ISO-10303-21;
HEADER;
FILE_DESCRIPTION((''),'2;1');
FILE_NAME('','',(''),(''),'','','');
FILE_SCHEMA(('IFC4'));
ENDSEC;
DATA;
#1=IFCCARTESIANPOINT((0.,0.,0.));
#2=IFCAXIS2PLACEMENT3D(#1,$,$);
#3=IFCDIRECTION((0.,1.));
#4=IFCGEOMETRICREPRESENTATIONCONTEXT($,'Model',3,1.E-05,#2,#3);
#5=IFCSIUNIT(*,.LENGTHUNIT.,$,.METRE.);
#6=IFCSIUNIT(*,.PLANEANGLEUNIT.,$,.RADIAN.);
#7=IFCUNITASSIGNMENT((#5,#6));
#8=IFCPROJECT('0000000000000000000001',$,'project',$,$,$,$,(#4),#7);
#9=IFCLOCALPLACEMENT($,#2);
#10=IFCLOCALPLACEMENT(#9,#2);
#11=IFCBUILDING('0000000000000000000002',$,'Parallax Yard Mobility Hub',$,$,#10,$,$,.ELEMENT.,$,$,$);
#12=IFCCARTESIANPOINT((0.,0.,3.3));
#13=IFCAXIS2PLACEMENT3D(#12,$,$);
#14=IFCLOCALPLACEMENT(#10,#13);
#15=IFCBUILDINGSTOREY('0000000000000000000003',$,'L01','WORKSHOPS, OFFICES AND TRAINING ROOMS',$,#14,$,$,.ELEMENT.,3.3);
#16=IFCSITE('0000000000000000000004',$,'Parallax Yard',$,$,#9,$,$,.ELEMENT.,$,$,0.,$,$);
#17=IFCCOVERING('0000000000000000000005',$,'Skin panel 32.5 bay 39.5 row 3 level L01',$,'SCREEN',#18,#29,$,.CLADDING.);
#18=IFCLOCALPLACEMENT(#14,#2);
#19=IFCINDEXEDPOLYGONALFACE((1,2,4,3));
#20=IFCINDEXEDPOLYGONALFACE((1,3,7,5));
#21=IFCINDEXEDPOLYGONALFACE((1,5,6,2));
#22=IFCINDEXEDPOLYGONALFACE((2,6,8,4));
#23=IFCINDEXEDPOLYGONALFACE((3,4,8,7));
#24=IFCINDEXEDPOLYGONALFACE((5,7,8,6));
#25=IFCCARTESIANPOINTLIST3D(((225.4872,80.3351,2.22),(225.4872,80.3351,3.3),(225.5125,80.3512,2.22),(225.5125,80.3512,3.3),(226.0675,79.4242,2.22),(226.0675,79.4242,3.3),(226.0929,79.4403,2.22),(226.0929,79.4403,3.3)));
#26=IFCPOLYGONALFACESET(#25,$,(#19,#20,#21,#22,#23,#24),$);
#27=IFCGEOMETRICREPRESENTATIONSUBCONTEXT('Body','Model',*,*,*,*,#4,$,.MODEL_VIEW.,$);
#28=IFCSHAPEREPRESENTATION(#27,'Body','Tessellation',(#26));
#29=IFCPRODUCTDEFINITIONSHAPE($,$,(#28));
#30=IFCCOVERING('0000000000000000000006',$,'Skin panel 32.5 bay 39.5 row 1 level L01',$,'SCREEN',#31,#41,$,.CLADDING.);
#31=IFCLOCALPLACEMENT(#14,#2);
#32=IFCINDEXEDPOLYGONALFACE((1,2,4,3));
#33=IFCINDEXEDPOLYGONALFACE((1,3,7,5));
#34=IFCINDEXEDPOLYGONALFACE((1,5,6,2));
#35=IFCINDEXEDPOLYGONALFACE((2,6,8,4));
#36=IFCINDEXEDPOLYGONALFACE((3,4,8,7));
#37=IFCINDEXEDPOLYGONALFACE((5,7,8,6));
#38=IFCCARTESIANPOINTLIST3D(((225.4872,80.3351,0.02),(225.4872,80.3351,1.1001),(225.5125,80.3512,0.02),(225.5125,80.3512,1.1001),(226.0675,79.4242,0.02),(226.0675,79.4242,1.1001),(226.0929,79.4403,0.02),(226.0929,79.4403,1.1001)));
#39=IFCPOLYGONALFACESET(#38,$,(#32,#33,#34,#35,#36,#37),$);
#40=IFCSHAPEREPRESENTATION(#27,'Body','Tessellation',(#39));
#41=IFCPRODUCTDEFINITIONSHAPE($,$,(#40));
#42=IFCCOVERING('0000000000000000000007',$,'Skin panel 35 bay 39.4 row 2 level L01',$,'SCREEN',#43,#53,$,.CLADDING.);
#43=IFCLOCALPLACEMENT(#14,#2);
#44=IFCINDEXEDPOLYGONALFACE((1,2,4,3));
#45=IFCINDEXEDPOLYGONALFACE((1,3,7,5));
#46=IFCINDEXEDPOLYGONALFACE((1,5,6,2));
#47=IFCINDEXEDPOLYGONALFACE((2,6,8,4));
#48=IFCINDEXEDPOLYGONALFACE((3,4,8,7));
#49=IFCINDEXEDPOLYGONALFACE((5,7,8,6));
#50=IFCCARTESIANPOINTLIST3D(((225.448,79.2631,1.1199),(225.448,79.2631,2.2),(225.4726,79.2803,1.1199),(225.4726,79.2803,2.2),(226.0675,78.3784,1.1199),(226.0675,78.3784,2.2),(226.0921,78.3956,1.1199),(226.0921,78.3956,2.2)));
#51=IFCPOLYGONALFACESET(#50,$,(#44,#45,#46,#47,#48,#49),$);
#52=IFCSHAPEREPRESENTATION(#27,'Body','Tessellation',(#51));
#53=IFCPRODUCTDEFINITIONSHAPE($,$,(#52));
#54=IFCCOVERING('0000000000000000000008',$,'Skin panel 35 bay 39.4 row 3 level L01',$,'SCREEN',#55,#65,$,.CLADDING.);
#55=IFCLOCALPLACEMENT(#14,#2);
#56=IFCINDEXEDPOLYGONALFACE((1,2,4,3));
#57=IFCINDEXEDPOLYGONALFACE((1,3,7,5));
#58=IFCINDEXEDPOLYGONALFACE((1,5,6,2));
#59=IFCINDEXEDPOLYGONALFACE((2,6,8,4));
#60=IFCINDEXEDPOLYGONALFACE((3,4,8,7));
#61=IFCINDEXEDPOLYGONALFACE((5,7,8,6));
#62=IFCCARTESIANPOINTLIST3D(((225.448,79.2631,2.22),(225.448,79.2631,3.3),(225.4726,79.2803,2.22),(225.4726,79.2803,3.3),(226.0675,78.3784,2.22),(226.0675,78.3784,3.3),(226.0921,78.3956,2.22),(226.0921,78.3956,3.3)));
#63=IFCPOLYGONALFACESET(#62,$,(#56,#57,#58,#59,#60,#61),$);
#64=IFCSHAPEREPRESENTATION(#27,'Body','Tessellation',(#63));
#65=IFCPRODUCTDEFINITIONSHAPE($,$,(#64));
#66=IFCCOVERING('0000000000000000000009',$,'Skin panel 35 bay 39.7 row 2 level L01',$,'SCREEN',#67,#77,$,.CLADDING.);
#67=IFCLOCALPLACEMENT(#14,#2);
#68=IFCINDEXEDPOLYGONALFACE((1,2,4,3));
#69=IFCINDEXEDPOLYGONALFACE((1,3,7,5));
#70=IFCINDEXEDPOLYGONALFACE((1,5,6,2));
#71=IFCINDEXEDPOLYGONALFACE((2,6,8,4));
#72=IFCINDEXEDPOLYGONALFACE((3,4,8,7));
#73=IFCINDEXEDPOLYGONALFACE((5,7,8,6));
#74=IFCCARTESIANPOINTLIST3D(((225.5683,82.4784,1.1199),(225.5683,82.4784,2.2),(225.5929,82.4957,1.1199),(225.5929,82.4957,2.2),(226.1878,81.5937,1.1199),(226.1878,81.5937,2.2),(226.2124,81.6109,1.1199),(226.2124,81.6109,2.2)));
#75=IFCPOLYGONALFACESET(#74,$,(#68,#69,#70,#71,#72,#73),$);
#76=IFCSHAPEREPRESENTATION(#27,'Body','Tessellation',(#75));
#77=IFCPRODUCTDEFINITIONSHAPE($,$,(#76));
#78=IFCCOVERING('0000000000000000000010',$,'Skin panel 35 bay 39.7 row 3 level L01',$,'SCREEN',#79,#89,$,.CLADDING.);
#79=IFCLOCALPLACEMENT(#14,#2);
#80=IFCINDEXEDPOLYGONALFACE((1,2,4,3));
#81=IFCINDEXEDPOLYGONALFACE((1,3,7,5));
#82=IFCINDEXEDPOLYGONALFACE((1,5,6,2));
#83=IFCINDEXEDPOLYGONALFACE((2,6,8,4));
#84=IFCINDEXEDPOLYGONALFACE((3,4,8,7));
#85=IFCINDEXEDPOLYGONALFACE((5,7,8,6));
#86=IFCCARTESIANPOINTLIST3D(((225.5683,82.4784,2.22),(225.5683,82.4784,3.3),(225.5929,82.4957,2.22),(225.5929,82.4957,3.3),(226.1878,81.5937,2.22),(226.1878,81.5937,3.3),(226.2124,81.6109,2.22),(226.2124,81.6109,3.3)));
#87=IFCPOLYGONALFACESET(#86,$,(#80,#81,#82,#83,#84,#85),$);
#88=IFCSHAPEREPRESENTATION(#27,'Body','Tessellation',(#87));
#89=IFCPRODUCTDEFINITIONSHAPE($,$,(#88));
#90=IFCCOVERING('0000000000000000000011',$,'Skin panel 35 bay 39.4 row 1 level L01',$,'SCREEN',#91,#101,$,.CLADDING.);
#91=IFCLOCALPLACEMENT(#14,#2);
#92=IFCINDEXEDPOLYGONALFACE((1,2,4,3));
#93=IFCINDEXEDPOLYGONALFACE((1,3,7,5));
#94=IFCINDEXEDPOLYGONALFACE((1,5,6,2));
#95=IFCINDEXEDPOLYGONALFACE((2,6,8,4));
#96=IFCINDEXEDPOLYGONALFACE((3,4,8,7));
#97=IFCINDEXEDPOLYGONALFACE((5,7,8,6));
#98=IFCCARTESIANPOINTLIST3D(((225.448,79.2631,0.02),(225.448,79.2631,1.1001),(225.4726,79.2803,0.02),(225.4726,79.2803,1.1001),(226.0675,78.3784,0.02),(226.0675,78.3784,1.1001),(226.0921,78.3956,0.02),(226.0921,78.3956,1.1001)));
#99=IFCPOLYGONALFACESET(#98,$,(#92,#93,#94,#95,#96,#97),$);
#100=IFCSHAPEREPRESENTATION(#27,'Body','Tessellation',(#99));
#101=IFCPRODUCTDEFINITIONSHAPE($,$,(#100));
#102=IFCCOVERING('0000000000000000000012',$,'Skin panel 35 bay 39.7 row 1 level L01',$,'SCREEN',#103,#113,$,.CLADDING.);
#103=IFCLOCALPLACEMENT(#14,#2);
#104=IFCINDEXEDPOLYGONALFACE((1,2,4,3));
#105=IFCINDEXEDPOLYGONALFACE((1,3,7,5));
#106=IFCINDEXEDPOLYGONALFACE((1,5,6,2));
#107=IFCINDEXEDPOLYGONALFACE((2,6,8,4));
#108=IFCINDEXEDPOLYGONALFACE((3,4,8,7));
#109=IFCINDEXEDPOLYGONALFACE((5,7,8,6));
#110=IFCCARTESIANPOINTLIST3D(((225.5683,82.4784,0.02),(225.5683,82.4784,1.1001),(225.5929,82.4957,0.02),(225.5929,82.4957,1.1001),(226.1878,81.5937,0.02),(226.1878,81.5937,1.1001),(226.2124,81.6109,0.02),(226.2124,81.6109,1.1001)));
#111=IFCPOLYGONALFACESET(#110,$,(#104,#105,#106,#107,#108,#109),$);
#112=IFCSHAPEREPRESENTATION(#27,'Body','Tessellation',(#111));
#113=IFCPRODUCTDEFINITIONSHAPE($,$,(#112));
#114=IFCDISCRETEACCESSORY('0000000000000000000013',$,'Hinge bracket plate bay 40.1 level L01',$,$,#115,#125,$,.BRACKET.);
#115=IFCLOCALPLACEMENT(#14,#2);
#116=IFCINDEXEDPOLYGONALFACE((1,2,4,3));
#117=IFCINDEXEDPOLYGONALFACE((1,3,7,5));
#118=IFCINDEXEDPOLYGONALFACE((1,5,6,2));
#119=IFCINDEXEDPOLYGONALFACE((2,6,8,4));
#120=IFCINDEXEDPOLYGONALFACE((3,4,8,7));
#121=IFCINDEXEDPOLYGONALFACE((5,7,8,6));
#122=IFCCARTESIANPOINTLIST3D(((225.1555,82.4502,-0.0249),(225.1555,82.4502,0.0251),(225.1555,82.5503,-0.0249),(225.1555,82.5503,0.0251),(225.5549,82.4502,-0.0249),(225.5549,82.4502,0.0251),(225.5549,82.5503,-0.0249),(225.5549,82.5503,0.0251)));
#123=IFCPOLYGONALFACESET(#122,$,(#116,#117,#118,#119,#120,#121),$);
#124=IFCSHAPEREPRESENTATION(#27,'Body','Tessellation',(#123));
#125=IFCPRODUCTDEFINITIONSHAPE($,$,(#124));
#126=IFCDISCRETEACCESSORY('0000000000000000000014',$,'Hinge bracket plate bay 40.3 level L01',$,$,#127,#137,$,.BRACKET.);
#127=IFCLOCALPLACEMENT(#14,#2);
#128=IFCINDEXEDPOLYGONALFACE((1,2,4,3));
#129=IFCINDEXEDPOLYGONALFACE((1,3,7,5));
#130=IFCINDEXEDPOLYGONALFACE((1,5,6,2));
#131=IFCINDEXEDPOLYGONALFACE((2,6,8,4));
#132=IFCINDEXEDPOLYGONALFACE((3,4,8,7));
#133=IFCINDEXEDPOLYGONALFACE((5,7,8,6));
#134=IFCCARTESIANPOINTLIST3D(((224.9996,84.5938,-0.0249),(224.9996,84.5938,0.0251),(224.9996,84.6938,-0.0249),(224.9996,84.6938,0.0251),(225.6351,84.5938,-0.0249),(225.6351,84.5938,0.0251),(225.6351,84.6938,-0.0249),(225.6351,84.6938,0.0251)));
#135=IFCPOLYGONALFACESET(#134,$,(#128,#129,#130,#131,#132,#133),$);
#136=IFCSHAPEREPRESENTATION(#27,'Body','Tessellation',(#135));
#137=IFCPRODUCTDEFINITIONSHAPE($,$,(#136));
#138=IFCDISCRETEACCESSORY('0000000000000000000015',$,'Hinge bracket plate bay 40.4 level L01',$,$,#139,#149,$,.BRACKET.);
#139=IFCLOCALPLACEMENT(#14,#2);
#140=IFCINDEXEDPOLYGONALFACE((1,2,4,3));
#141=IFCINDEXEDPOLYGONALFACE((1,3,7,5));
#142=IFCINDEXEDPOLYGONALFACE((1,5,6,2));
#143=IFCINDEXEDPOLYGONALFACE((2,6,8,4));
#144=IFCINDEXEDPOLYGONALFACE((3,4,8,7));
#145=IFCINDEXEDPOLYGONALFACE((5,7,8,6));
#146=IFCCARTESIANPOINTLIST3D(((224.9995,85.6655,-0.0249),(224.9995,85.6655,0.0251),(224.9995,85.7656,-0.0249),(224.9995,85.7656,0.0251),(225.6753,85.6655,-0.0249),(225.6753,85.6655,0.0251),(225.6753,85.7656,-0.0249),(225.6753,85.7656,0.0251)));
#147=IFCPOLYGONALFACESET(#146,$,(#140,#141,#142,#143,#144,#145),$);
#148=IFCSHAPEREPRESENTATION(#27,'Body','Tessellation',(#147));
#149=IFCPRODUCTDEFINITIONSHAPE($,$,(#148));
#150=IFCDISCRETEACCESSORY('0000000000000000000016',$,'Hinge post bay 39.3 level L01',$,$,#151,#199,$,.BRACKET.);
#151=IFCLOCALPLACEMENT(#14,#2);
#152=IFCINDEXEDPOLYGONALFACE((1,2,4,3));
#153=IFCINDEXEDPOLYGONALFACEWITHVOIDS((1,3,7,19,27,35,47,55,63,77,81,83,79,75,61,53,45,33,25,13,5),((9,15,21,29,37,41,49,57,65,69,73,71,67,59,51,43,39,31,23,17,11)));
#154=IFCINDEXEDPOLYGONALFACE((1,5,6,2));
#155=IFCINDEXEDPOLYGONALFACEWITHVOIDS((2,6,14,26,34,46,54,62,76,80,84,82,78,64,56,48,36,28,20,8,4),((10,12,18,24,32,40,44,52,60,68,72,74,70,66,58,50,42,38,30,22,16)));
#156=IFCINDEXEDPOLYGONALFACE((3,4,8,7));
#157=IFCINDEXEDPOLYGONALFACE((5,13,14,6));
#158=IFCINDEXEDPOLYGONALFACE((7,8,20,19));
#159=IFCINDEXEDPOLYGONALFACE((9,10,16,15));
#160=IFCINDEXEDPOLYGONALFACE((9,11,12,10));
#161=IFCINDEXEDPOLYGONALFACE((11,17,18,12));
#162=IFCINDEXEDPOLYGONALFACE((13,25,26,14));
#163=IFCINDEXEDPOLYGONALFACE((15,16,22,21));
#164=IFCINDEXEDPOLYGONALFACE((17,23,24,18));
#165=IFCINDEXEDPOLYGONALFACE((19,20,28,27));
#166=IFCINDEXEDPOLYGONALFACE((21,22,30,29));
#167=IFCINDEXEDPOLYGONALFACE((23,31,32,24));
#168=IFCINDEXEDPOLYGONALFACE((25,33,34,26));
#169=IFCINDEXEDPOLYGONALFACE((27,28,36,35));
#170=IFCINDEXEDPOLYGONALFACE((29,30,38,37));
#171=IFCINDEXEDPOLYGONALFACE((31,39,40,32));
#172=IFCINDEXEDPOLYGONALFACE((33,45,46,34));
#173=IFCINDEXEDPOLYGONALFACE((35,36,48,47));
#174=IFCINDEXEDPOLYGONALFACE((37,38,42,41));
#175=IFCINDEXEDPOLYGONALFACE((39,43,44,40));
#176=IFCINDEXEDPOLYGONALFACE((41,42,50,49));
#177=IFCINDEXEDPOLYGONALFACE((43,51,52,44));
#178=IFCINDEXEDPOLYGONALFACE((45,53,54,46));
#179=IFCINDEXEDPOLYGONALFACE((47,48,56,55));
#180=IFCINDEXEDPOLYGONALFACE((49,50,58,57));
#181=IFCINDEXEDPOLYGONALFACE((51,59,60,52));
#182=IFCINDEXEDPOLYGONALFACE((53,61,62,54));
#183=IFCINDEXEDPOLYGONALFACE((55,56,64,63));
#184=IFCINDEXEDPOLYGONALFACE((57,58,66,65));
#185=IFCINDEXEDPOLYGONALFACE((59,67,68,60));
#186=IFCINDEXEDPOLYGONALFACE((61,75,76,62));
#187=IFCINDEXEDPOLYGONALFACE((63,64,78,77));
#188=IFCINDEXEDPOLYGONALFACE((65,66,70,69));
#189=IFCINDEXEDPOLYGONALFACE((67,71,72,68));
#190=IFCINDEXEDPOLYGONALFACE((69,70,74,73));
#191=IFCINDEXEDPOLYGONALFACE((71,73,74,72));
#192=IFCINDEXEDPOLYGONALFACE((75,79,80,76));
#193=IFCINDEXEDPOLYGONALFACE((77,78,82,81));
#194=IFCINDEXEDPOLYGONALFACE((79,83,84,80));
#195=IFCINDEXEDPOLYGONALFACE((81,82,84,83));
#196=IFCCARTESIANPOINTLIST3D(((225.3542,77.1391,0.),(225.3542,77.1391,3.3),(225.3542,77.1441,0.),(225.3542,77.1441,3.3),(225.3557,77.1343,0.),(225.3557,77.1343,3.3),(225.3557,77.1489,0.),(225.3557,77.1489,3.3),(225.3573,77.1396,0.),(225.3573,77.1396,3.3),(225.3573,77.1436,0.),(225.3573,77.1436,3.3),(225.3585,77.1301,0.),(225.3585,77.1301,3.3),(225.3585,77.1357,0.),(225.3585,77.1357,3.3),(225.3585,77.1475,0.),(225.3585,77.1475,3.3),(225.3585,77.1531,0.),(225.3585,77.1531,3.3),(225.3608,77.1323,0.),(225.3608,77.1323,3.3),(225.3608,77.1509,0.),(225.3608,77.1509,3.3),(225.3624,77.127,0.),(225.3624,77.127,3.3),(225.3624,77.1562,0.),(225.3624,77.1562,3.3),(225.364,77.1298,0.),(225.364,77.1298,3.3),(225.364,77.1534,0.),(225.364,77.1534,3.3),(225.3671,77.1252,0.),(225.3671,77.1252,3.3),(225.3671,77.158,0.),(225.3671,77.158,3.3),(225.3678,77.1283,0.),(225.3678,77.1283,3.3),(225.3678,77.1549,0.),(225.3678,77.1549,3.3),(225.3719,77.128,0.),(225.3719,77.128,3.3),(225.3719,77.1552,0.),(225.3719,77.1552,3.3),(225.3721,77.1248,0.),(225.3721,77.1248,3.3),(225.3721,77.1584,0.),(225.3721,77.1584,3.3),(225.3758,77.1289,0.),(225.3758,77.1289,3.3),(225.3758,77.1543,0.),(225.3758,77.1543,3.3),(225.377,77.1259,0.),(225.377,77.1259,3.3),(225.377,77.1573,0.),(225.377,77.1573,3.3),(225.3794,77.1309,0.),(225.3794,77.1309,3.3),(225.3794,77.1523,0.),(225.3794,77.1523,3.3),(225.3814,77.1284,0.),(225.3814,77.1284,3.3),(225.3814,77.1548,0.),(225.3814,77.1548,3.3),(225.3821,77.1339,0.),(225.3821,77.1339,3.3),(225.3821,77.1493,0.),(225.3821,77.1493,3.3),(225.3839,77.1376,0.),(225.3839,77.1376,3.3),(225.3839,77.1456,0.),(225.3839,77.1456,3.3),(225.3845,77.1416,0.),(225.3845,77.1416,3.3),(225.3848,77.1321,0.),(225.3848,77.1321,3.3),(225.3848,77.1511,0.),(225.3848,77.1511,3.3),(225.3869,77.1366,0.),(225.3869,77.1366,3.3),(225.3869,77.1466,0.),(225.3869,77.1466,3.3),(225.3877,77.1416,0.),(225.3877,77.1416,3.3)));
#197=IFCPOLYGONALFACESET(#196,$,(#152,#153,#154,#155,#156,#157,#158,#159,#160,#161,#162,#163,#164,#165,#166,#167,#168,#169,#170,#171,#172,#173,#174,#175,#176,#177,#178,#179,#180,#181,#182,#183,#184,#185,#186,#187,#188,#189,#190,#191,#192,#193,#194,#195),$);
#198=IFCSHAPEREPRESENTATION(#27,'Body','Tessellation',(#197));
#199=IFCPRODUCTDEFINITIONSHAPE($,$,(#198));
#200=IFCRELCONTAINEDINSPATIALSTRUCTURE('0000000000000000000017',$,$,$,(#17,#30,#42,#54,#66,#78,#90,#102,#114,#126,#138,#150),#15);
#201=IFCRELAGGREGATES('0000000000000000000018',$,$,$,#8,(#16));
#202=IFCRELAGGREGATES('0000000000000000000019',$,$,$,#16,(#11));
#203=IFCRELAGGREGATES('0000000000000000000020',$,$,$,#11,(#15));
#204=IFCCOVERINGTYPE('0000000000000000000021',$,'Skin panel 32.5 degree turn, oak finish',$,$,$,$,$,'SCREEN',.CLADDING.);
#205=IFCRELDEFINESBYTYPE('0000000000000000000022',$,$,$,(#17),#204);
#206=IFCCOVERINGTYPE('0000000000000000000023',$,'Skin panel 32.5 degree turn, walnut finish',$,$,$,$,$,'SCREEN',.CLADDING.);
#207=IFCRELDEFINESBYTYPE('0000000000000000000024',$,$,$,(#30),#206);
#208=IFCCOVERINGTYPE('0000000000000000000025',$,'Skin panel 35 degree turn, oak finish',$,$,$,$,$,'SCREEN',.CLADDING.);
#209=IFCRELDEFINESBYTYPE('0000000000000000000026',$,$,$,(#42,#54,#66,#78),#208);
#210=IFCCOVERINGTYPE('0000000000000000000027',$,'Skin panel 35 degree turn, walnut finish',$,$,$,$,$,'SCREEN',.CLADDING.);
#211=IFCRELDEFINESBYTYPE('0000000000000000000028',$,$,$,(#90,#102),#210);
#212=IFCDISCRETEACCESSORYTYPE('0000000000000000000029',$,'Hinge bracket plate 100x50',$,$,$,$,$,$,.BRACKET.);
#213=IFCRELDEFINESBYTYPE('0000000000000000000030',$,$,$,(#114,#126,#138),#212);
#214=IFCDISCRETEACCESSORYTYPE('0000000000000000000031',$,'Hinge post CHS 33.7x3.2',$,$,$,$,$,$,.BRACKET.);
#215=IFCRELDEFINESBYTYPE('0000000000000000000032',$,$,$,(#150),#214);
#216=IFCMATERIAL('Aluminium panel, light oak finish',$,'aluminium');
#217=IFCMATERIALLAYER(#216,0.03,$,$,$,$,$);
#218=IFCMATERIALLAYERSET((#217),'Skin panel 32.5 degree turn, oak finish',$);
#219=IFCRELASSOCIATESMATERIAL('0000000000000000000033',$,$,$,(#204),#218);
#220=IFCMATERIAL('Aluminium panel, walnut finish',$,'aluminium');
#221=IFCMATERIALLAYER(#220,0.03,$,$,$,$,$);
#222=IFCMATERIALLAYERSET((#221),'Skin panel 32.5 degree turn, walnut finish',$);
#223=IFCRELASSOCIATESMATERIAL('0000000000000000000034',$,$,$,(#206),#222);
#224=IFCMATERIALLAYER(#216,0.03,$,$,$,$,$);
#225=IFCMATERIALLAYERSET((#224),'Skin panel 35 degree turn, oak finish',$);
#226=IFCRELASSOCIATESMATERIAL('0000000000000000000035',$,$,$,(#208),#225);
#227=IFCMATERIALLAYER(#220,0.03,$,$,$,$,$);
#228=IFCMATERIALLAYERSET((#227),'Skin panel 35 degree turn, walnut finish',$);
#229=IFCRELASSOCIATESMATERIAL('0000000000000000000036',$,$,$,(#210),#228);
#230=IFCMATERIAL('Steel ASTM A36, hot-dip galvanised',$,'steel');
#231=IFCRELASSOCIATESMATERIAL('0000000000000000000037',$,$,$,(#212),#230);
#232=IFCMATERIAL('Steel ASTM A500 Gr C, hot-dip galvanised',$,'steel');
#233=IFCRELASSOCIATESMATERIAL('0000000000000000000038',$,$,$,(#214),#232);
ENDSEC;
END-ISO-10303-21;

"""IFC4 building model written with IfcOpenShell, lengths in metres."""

from ifc_helpers import new_model, si_unit, direction, frame, origin, origin_2d, place, context, subcontext, project, spatial, rectangle, hollow_circle, extrude, material, layer, layer_set, material_profile, profile_set, type_object, element, save


model = new_model("IFC4")

# Units and contexts
model_context = context("Model", 3, precision=1e-05, world=origin(), true_north=direction((0.0, 1.0)))
body_context = subcontext(model_context, "Body", "Model", "MODEL_VIEW")
ifc_project = project(units=[si_unit("LENGTHUNIT", "METRE"), si_unit("PLANEANGLEUNIT", "RADIAN")], contexts=[model_context])

# Site, building, storey
site_placement = place(None, origin())
site = spatial("IfcSite", under=ifc_project, at=site_placement, Name="Parallax Yard", CompositionType="ELEMENT", RefElevation=0.0)
building_placement = place(site_placement, origin())
building = spatial("IfcBuilding", under=site, at=building_placement, Name="Parallax Yard Mobility Hub", CompositionType="ELEMENT")
storey_placement = place(building_placement, frame((0.0, 0.0, 3.3)))
storey = spatial("IfcBuildingStorey", under=building, at=storey_placement, Name="L01", Description="WORKSHOPS, OFFICES AND TRAINING ROOMS", CompositionType="ELEMENT", Elevation=3.3)

# Coverings
ifc_material_1 = material(Name="Aluminium panel, light oak finish", Category="aluminium")
ifc_material_2 = material(Name="Aluminium panel, walnut finish", Category="aluminium")
ifc_layer_1 = layer(ifc_material_1, 0.03)
ifc_layer_set_1 = layer_set([ifc_layer_1], Name="Skin panel 32.5 degree turn, oak finish")
covering_type_1 = type_object("IfcCoveringType", Name="Skin panel 32.5 degree turn, oak finish", ElementType="SCREEN", PredefinedType="CLADDING", material=ifc_layer_set_1)
for number, where, z_axis, x_axis, name in (
    (1, (225.79, 79.8877, 2.22), (0.0, 0.0, 1.0), (0.5373, -0.843391, 0.0), "Skin panel 32.5 bay 39.5 row 3 level L01"),
):
    element("IfcCovering", number, at=place(storey_placement, frame(where, z_axis=z_axis, x_axis=x_axis)), inside=storey, type_object=covering_type_1, Name=name, ObjectType="SCREEN", PredefinedType="CLADDING", context=body_context, shape_type="SweptSolid", body=[
        extrude(rectangle(XDim=1.0801, YDim=0.03, at=origin_2d()), origin(), (0.0, 0.0, 1.0), 1.0801),
    ])
ifc_layer_2 = layer(ifc_material_2, 0.03)
ifc_layer_set_2 = layer_set([ifc_layer_2], Name="Skin panel 32.5 degree turn, walnut finish")
covering_type_2 = type_object("IfcCoveringType", Name="Skin panel 32.5 degree turn, walnut finish", ElementType="SCREEN", PredefinedType="CLADDING", material=ifc_layer_set_2)
covering_1_placement = place(storey_placement, frame((225.79, 79.8877, 0.02), z_axis=(0.0, 0.0, 1.0), x_axis=(0.5373, -0.843391, 0.0)))
element("IfcCovering", 2, at=covering_1_placement, inside=storey, type_object=covering_type_2, Name="Skin panel 32.5 bay 39.5 row 1 level L01", ObjectType="SCREEN", PredefinedType="CLADDING", context=body_context, shape_type="SweptSolid", body=[
    extrude(rectangle(XDim=1.0801, YDim=0.03, at=origin_2d()), origin(), (0.0, 0.0, 1.0), 1.0801),
])
ifc_layer_3 = layer(ifc_material_1, 0.03)
ifc_layer_set_3 = layer_set([ifc_layer_3], Name="Skin panel 35 degree turn, oak finish")
covering_type_3 = type_object("IfcCoveringType", Name="Skin panel 35 degree turn, oak finish", ElementType="SCREEN", PredefinedType="CLADDING", material=ifc_layer_set_3)
for number, where, z_axis, x_axis, name in (
    (3, (225.77, 78.8293, 1.1199), (0.0, 0.0, 1.0), (0.573576, -0.819152, 0.0), "Skin panel 35 bay 39.4 row 2 level L01"),
    (4, (225.77, 78.8293, 2.22), (0.0, 0.0, 1.0), (0.573576, -0.819152, 0.0), "Skin panel 35 bay 39.4 row 3 level L01"),
    (5, (225.8904, 82.0447, 1.1199), (0.0, 0.0, 1.0), (0.573576, -0.819152, 0.0), "Skin panel 35 bay 39.7 row 2 level L01"),
    (6, (225.8904, 82.0447, 2.22), (0.0, 0.0, 1.0), (0.573576, -0.819152, 0.0), "Skin panel 35 bay 39.7 row 3 level L01"),
):
    element("IfcCovering", number, at=place(storey_placement, frame(where, z_axis=z_axis, x_axis=x_axis)), inside=storey, type_object=covering_type_3, Name=name, ObjectType="SCREEN", PredefinedType="CLADDING", context=body_context, shape_type="SweptSolid", body=[
        extrude(rectangle(XDim=1.0801, YDim=0.03, at=origin_2d()), origin(), (0.0, 0.0, 1.0), 1.0801),
    ])
ifc_layer_4 = layer(ifc_material_2, 0.03)
ifc_layer_set_4 = layer_set([ifc_layer_4], Name="Skin panel 35 degree turn, walnut finish")
covering_type_4 = type_object("IfcCoveringType", Name="Skin panel 35 degree turn, walnut finish", ElementType="SCREEN", PredefinedType="CLADDING", material=ifc_layer_set_4)
for number, where, z_axis, x_axis, name in (
    (7, (225.77, 78.8293, 0.02), (0.0, 0.0, 1.0), (0.573576, -0.819152, 0.0), "Skin panel 35 bay 39.4 row 1 level L01"),
    (8, (225.8904, 82.0447, 0.02), (0.0, 0.0, 1.0), (0.573576, -0.819152, 0.0), "Skin panel 35 bay 39.7 row 1 level L01"),
):
    element("IfcCovering", number, at=place(storey_placement, frame(where, z_axis=z_axis, x_axis=x_axis)), inside=storey, type_object=covering_type_4, Name=name, ObjectType="SCREEN", PredefinedType="CLADDING", context=body_context, shape_type="SweptSolid", body=[
        extrude(rectangle(XDim=1.0801, YDim=0.03, at=origin_2d()), origin(), (0.0, 0.0, 1.0), 1.0801),
    ])

# Discrete accessories
ifc_material_3 = material(Name="Steel ASTM A36, hot-dip galvanised", Category="steel")
discrete_accessory_type_1 = type_object("IfcDiscreteAccessoryType", Name="Hinge bracket plate 100x50", PredefinedType="BRACKET", material=ifc_material_3)
discrete_accessory_1_placement = place(storey_placement, frame((225.3552, 82.5002, -0.0249), z_axis=(0.0, 0.0, 1.0), x_axis=(1.0, 0.0, 0.0)))
element("IfcDiscreteAccessory", 9, at=discrete_accessory_1_placement, inside=storey, type_object=discrete_accessory_type_1, Name="Hinge bracket plate bay 40.1 level L01", PredefinedType="BRACKET", context=body_context, shape_type="SweptSolid", body=[
    extrude(rectangle(XDim=0.3994, YDim=0.1001, at=origin_2d()), origin(), (0.0, 0.0, 1.0), 0.05),
])
discrete_accessory_2_placement = place(storey_placement, frame((225.3174, 84.6438, -0.0249), z_axis=(0.0, 0.0, 1.0), x_axis=(1.0, 0.0, 0.0)))
element("IfcDiscreteAccessory", 10, at=discrete_accessory_2_placement, inside=storey, type_object=discrete_accessory_type_1, Name="Hinge bracket plate bay 40.3 level L01", PredefinedType="BRACKET", context=body_context, shape_type="SweptSolid", body=[
    extrude(rectangle(XDim=0.6355, YDim=0.1001, at=origin_2d()), origin(), (0.0, 0.0, 1.0), 0.05),
])
discrete_accessory_3_placement = place(storey_placement, frame((225.3374, 85.7156, -0.0249), z_axis=(0.0, 0.0, 1.0), x_axis=(1.0, 0.0, 0.0)))
element("IfcDiscreteAccessory", 11, at=discrete_accessory_3_placement, inside=storey, type_object=discrete_accessory_type_1, Name="Hinge bracket plate bay 40.4 level L01", PredefinedType="BRACKET", context=body_context, shape_type="SweptSolid", body=[
    extrude(rectangle(XDim=0.6758, YDim=0.1001, at=origin_2d()), origin(), (0.0, 0.0, 1.0), 0.05),
])
ifc_material_4 = material(Name="Steel ASTM A500 Gr C, hot-dip galvanised", Category="steel")
ifc_material_profile = material_profile(ifc_material_4, hollow_circle(Radius=0.0168, WallThickness=0.0032, at=origin_2d()), Name="CHS 33.7x3.2")
ifc_profile_set = profile_set([ifc_material_profile], Name="Steel ASTM A500 Gr C, hot-dip galvanised")
discrete_accessory_type_2 = type_object("IfcDiscreteAccessoryType", Name="Hinge post CHS 33.7x3.2", PredefinedType="BRACKET", material=ifc_profile_set)
for number, where, z_axis, x_axis, name in (
    (12, (225.3708, 77.1416, 0.0), (0.0, 0.0, 1.0), (1.0, 0.0, 0.0), "Hinge post bay 39.3 level L01"),
):
    element("IfcDiscreteAccessory", number, at=place(storey_placement, frame(where, z_axis=z_axis, x_axis=x_axis)), inside=storey, type_object=discrete_accessory_type_2, Name=name, PredefinedType="BRACKET", context=body_context, shape_type="SweptSolid", body=[
        extrude(hollow_circle(Radius=0.0168, WallThickness=0.0032, at=origin_2d()), origin(), (0.0, 0.0, 1.0), 3.3),
    ])

save(model, "model.ifc")
